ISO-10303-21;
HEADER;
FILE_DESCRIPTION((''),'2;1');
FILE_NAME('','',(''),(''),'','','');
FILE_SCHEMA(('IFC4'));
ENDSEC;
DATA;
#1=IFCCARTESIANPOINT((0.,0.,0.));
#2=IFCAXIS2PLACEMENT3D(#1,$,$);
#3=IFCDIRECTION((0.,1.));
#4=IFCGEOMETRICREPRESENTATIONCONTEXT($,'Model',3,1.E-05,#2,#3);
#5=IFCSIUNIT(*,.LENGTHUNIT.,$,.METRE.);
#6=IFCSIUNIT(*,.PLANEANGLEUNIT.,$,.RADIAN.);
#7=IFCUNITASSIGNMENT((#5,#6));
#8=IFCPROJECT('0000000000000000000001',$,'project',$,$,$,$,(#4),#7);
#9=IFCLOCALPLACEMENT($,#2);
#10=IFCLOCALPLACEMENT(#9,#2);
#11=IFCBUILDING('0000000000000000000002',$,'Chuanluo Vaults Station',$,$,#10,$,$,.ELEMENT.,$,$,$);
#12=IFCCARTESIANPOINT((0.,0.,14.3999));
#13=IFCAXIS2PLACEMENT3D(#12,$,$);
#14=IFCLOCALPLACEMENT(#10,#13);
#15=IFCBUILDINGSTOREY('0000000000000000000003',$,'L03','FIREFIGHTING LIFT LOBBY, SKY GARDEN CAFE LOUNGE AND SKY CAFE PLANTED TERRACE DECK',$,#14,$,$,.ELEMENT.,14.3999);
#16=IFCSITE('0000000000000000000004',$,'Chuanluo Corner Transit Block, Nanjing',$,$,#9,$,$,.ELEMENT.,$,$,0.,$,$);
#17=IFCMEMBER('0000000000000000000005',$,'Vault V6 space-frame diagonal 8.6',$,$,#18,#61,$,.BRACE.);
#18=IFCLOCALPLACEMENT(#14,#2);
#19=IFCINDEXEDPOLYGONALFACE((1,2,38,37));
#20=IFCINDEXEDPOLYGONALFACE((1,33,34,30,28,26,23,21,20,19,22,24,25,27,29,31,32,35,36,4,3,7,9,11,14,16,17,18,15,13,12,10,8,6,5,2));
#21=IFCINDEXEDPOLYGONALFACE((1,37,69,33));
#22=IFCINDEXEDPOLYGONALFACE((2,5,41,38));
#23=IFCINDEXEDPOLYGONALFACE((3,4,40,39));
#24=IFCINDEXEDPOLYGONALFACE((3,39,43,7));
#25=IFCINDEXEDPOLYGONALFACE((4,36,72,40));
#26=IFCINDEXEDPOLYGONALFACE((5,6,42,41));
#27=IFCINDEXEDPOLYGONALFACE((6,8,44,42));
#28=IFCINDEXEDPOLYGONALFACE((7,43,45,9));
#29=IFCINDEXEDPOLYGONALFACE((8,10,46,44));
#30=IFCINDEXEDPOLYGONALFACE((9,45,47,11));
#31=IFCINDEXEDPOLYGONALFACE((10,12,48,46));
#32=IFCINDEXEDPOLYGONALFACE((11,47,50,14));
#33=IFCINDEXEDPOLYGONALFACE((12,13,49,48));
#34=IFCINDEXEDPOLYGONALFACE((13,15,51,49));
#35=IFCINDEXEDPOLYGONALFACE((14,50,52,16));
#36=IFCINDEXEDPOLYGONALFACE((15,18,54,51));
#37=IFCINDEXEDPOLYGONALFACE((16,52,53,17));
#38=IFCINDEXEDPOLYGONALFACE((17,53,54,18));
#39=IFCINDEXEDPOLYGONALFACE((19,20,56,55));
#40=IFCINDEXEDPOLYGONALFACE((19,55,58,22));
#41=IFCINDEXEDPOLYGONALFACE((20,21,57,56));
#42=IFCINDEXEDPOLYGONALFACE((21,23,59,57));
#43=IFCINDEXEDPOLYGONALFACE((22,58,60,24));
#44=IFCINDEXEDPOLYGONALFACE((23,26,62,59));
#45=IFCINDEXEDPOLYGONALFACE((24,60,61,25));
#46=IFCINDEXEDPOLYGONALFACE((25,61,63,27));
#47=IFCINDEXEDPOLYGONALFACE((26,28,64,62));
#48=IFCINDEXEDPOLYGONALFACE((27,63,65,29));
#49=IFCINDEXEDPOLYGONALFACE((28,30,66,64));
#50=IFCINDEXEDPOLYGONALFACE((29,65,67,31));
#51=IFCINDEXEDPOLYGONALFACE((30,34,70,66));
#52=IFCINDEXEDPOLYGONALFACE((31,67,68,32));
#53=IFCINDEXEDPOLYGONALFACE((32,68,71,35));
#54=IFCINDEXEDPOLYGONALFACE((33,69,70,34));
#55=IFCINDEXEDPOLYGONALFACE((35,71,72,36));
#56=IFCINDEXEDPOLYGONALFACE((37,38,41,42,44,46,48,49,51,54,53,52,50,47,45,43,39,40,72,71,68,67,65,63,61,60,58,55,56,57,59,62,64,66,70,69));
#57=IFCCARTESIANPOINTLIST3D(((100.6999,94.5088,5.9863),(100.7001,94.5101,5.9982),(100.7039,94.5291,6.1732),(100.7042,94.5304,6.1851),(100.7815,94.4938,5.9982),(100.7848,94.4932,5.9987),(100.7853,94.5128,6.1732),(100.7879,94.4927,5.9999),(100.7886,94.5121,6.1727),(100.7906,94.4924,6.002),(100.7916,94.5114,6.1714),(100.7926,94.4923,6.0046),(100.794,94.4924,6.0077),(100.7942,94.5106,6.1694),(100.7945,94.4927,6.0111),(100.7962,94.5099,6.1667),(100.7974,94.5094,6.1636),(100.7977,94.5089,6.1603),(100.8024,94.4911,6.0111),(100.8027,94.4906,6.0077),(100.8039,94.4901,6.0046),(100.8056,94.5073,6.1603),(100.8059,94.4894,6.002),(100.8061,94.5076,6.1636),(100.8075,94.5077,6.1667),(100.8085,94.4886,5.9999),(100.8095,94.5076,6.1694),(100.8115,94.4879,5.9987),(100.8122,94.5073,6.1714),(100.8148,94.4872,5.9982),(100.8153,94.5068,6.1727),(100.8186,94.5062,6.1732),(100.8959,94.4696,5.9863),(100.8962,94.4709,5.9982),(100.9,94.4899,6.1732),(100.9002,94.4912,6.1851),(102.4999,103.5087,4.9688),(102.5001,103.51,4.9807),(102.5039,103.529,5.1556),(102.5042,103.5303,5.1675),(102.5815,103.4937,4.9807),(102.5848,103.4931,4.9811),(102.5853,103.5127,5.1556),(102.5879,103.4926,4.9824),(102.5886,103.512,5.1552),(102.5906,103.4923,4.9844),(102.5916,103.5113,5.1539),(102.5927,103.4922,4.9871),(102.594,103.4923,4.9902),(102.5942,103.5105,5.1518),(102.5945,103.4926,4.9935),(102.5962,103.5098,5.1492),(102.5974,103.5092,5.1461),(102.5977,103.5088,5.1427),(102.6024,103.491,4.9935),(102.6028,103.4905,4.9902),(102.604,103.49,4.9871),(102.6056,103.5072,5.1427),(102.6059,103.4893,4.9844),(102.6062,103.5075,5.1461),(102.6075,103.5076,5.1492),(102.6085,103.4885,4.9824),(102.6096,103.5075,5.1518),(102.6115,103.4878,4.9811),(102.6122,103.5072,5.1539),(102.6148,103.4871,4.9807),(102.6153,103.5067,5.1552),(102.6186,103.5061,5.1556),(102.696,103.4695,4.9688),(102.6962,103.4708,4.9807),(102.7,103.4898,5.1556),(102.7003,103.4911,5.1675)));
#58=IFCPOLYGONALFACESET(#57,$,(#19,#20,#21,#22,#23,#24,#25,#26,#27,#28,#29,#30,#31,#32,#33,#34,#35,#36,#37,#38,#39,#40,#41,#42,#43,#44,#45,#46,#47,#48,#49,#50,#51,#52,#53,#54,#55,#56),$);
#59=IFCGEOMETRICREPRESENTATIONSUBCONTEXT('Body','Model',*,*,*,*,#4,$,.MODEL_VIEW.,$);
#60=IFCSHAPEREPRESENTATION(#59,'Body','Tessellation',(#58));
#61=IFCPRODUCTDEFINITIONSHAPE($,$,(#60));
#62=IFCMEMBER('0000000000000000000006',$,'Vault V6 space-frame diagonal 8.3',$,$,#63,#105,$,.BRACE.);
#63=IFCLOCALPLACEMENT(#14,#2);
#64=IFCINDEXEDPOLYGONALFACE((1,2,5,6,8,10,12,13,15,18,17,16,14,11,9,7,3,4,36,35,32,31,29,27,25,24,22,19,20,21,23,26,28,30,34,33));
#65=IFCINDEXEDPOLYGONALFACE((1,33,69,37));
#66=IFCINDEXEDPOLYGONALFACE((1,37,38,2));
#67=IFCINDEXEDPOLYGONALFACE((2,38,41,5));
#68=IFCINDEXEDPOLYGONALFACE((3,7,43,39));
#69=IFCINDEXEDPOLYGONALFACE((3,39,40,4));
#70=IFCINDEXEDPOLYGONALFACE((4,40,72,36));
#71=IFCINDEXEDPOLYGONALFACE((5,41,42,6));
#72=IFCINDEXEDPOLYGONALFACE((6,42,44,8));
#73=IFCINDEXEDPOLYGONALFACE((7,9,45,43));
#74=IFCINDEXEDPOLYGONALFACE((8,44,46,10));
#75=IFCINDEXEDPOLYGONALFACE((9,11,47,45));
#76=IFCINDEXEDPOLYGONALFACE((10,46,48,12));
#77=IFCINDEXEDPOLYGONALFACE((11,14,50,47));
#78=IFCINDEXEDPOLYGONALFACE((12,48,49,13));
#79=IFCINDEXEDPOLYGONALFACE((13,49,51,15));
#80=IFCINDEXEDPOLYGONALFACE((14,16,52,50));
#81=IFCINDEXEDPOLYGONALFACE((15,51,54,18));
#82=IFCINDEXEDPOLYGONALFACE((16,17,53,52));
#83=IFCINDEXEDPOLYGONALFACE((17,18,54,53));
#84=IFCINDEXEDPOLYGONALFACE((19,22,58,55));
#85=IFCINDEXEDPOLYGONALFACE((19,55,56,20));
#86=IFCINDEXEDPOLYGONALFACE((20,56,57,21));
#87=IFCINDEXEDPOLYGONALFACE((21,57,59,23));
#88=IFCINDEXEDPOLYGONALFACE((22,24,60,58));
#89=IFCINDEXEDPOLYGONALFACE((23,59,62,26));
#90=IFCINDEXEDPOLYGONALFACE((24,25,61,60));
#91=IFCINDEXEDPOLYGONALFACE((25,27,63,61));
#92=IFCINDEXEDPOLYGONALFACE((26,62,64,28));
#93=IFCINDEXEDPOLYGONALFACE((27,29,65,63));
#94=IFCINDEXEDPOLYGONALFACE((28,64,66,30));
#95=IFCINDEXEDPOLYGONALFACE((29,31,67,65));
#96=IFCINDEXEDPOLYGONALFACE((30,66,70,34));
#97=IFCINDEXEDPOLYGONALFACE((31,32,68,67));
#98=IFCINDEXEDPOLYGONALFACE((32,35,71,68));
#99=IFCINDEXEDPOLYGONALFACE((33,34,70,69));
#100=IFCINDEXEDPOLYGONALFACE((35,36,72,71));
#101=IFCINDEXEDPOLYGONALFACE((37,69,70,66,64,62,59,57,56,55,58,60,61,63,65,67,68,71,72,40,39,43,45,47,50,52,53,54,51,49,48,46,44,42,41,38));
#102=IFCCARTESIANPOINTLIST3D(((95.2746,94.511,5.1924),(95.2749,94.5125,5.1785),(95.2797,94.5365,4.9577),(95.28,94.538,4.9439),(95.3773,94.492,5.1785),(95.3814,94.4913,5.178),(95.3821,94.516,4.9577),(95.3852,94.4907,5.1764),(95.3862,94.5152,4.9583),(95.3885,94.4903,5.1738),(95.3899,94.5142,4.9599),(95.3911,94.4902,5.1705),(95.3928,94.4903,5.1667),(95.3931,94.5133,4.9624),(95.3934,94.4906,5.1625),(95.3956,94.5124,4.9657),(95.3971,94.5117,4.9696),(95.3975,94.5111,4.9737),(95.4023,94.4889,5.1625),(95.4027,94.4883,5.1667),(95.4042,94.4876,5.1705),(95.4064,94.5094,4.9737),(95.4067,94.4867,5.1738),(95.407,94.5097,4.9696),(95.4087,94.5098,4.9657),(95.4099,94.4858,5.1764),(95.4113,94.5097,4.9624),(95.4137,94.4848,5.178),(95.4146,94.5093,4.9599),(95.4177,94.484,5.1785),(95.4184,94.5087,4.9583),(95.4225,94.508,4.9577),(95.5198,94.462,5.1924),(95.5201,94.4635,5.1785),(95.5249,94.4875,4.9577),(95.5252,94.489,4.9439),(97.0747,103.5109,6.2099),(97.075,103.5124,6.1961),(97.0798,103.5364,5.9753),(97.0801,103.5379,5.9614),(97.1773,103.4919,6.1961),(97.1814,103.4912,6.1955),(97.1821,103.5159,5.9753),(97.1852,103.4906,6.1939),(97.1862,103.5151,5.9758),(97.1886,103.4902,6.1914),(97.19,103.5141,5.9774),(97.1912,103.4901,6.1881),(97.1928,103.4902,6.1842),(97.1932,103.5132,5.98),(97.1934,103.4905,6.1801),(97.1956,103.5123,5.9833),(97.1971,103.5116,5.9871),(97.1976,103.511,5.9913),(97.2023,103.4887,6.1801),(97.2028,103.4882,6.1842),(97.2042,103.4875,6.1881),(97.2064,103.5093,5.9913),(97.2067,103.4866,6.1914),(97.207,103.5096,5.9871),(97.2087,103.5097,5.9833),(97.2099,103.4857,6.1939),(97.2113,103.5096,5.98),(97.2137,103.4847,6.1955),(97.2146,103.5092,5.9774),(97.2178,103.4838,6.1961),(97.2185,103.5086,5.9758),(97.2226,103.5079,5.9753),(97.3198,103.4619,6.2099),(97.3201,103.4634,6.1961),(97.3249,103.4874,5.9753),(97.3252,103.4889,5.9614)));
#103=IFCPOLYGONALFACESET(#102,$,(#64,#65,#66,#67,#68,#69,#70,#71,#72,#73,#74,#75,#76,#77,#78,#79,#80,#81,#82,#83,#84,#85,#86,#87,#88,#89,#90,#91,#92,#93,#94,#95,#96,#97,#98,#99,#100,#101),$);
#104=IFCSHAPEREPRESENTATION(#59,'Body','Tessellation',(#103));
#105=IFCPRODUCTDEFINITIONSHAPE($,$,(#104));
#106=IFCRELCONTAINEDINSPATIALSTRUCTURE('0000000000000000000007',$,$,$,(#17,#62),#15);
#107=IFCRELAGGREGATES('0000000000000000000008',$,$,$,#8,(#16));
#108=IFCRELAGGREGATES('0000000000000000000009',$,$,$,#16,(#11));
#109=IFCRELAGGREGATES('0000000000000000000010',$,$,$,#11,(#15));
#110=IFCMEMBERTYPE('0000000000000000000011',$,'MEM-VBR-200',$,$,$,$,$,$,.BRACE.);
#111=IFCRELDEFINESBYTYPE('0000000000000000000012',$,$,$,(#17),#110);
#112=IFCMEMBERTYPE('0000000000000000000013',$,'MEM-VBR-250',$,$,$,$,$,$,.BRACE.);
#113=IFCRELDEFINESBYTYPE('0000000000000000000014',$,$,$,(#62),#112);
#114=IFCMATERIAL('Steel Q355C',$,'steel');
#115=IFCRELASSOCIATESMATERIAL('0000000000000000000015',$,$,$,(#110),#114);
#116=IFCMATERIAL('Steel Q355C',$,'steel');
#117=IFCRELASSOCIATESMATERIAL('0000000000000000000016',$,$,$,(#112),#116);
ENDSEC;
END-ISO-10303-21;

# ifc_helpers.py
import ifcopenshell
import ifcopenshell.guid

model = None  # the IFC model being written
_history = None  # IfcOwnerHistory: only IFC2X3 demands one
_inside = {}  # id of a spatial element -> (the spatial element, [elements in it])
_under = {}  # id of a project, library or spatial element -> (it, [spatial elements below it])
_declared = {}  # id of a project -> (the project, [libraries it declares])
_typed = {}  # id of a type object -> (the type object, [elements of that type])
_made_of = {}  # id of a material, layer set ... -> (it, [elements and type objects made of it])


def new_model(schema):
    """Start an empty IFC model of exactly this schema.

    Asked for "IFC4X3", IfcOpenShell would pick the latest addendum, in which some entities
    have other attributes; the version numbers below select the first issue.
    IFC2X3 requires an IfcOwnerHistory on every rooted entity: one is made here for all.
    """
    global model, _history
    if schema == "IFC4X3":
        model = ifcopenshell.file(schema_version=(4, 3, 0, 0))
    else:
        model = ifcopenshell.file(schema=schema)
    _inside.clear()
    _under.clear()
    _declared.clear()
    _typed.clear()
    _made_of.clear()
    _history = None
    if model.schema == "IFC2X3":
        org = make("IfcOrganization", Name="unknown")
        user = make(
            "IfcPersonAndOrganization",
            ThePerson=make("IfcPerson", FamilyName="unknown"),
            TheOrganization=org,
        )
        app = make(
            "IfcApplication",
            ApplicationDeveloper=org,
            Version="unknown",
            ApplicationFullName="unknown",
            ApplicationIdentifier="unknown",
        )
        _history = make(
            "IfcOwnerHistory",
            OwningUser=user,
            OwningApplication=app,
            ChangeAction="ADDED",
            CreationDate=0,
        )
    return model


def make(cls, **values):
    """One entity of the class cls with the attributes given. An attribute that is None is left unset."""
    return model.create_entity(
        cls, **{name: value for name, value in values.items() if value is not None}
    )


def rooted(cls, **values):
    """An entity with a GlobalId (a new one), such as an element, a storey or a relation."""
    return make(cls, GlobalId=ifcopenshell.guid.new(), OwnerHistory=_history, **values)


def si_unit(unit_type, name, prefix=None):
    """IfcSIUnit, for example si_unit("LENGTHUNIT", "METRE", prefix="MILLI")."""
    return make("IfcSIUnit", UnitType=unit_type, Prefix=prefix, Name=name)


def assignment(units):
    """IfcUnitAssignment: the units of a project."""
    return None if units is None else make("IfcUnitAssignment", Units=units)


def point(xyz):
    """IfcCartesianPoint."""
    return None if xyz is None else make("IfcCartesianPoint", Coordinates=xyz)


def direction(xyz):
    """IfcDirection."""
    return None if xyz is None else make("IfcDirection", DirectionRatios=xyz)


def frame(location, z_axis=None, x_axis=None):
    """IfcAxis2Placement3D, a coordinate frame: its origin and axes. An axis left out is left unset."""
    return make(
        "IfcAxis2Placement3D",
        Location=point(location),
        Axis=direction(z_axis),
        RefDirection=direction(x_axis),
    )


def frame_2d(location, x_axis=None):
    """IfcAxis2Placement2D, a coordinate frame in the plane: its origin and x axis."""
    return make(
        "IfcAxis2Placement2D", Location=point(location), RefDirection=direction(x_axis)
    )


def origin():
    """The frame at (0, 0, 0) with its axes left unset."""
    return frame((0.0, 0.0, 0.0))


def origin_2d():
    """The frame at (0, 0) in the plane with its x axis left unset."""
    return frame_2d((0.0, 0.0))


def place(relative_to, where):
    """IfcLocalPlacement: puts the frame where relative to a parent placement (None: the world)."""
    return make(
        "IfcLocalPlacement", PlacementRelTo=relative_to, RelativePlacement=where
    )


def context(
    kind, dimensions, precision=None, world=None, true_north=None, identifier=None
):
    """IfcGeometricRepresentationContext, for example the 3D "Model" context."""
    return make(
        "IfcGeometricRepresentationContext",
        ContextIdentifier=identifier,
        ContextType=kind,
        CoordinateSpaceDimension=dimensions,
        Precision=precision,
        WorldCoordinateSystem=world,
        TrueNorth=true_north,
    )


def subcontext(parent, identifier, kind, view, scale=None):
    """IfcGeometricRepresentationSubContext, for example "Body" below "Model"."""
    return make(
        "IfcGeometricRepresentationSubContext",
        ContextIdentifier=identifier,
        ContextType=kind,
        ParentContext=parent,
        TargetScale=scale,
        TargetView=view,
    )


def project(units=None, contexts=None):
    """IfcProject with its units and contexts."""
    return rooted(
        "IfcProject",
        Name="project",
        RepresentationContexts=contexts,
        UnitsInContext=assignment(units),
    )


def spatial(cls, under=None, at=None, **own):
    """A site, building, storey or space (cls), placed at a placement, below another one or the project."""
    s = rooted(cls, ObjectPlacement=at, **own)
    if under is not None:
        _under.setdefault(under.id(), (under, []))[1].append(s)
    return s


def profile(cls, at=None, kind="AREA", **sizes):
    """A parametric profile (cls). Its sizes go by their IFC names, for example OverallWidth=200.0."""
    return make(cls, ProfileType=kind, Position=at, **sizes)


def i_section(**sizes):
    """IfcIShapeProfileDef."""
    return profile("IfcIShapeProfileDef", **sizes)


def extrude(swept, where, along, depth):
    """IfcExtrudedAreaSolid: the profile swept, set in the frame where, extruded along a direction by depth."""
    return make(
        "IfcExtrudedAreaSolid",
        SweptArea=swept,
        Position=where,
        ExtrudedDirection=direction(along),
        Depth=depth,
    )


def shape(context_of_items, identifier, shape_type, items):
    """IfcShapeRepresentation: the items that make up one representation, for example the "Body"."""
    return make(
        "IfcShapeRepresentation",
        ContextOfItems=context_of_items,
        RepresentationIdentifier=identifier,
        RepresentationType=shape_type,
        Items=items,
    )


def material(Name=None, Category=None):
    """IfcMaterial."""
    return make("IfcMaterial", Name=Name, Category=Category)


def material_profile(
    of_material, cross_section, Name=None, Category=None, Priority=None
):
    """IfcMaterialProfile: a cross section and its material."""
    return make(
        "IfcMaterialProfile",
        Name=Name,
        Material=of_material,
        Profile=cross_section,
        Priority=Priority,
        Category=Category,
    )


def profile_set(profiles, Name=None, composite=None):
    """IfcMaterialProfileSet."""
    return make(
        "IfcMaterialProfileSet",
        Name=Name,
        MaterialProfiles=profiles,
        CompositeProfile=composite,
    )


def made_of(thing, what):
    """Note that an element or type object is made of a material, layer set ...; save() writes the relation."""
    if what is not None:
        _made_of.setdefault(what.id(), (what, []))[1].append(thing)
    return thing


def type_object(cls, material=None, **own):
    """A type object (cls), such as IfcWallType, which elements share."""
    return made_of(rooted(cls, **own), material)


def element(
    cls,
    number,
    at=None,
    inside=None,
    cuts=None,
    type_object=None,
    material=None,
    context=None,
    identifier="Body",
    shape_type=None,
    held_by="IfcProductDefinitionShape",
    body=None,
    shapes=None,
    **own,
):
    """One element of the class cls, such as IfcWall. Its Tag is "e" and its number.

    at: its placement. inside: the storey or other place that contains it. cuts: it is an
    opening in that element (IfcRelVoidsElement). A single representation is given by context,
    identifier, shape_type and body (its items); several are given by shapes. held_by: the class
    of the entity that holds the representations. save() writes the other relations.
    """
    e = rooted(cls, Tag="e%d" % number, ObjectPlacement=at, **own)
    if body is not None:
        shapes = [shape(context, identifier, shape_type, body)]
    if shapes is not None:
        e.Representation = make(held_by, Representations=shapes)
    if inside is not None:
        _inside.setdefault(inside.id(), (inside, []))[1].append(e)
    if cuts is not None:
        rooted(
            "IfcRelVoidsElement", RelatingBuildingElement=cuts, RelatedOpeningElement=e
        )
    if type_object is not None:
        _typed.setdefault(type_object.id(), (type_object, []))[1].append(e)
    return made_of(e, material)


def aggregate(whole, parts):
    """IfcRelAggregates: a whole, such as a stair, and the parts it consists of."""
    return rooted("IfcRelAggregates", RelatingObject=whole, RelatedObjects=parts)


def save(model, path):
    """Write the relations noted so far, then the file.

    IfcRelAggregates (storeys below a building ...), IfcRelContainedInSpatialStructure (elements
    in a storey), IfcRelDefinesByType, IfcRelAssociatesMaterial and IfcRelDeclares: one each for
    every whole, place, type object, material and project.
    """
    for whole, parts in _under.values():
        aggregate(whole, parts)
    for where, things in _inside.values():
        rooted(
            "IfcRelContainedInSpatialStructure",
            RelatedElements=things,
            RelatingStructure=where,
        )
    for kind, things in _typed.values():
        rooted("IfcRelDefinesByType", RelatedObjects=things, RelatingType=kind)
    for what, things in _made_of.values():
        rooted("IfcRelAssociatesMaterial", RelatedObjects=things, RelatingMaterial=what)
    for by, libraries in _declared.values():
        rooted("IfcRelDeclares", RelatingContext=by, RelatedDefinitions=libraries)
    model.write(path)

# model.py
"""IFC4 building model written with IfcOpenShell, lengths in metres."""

from ifc_helpers import new_model, si_unit, direction, frame, origin, origin_2d, place, context, subcontext, project, spatial, i_section, extrude, material, material_profile, profile_set, type_object, element, save


model = new_model("IFC4")

# Units and contexts
model_context = context("Model", 3, precision=1e-05, world=origin(), true_north=direction((0.0, 1.0)))
body_context = subcontext(model_context, "Body", "Model", "MODEL_VIEW")
ifc_project = project(units=[si_unit("LENGTHUNIT", "METRE"), si_unit("PLANEANGLEUNIT", "RADIAN")], contexts=[model_context])

# Site, building, storey
site_placement = place(None, origin())
site = spatial("IfcSite", under=ifc_project, at=site_placement, Name="Chuanluo Corner Transit Block, Nanjing", CompositionType="ELEMENT", RefElevation=0.0)
building_placement = place(site_placement, origin())
building = spatial("IfcBuilding", under=site, at=building_placement, Name="Chuanluo Vaults Station", CompositionType="ELEMENT")
storey_placement = place(building_placement, frame((0.0, 0.0, 14.3999)))
storey = spatial("IfcBuildingStorey", under=building, at=storey_placement, Name="L03", Description="FIREFIGHTING LIFT LOBBY, SKY GARDEN CAFE LOUNGE AND SKY CAFE PLANTED TERRACE DECK", CompositionType="ELEMENT", Elevation=14.3999)

# Members
ifc_material_1 = material(Name="Steel Q355C", Category="steel")
ifc_material_profile_1 = material_profile(ifc_material_1, i_section(OverallWidth=0.2, OverallDepth=0.2, WebThickness=0.0081, FlangeThickness=0.012, FilletRadius=0.0129, at=origin_2d()))
ifc_profile_set_1 = profile_set([ifc_material_profile_1], Name="Steel Q355C")
member_type_1 = type_object("IfcMemberType", Name="MEM-VBR-200", PredefinedType="BRACE", material=ifc_profile_set_1)
member_1_placement = place(storey_placement, frame((100.8, 94.5, 6.0857), z_axis=(0.194927, 0.974608, -0.110193), x_axis=(-0.98058, 0.196121, 0.0)))
element("IfcMember", 1, at=member_1_placement, inside=storey, type_object=member_type_1, Name="Vault V6 space-frame diagonal 8.6", PredefinedType="BRACE", context=body_context, shape_type="SweptSolid", body=[
    extrude(i_section(OverallWidth=0.2, OverallDepth=0.2, WebThickness=0.0081, FlangeThickness=0.012, FilletRadius=0.0129, at=origin_2d()), origin(), (0.0, 0.0, 1.0), 9.2344),
])
ifc_material_2 = material(Name="Steel Q355C", Category="steel")
ifc_material_profile_2 = material_profile(ifc_material_2, i_section(OverallWidth=0.25, OverallDepth=0.25, WebThickness=0.009, FlangeThickness=0.0139, FilletRadius=0.0161, at=origin_2d()))
ifc_profile_set_2 = profile_set([ifc_material_profile_2], Name="Steel Q355C")
member_type_2 = type_object("IfcMemberType", Name="MEM-VBR-250", PredefinedType="BRACE", material=ifc_profile_set_2)
member_2_placement = place(storey_placement, frame((95.3999, 94.5, 5.0681), z_axis=(0.194927, 0.974608, 0.110193), x_axis=(-0.98058, 0.196121, 0.0)))
element("IfcMember", 2, at=member_2_placement, inside=storey, type_object=member_type_2, Name="Vault V6 space-frame diagonal 8.3", PredefinedType="BRACE", context=body_context, shape_type="SweptSolid", body=[
    extrude(i_section(OverallWidth=0.25, OverallDepth=0.25, WebThickness=0.009, FlangeThickness=0.0139, FilletRadius=0.0161, at=origin_2d()), origin(), (0.0, 0.0, 1.0), 9.2344),
])

save(model, "model.ifc")
